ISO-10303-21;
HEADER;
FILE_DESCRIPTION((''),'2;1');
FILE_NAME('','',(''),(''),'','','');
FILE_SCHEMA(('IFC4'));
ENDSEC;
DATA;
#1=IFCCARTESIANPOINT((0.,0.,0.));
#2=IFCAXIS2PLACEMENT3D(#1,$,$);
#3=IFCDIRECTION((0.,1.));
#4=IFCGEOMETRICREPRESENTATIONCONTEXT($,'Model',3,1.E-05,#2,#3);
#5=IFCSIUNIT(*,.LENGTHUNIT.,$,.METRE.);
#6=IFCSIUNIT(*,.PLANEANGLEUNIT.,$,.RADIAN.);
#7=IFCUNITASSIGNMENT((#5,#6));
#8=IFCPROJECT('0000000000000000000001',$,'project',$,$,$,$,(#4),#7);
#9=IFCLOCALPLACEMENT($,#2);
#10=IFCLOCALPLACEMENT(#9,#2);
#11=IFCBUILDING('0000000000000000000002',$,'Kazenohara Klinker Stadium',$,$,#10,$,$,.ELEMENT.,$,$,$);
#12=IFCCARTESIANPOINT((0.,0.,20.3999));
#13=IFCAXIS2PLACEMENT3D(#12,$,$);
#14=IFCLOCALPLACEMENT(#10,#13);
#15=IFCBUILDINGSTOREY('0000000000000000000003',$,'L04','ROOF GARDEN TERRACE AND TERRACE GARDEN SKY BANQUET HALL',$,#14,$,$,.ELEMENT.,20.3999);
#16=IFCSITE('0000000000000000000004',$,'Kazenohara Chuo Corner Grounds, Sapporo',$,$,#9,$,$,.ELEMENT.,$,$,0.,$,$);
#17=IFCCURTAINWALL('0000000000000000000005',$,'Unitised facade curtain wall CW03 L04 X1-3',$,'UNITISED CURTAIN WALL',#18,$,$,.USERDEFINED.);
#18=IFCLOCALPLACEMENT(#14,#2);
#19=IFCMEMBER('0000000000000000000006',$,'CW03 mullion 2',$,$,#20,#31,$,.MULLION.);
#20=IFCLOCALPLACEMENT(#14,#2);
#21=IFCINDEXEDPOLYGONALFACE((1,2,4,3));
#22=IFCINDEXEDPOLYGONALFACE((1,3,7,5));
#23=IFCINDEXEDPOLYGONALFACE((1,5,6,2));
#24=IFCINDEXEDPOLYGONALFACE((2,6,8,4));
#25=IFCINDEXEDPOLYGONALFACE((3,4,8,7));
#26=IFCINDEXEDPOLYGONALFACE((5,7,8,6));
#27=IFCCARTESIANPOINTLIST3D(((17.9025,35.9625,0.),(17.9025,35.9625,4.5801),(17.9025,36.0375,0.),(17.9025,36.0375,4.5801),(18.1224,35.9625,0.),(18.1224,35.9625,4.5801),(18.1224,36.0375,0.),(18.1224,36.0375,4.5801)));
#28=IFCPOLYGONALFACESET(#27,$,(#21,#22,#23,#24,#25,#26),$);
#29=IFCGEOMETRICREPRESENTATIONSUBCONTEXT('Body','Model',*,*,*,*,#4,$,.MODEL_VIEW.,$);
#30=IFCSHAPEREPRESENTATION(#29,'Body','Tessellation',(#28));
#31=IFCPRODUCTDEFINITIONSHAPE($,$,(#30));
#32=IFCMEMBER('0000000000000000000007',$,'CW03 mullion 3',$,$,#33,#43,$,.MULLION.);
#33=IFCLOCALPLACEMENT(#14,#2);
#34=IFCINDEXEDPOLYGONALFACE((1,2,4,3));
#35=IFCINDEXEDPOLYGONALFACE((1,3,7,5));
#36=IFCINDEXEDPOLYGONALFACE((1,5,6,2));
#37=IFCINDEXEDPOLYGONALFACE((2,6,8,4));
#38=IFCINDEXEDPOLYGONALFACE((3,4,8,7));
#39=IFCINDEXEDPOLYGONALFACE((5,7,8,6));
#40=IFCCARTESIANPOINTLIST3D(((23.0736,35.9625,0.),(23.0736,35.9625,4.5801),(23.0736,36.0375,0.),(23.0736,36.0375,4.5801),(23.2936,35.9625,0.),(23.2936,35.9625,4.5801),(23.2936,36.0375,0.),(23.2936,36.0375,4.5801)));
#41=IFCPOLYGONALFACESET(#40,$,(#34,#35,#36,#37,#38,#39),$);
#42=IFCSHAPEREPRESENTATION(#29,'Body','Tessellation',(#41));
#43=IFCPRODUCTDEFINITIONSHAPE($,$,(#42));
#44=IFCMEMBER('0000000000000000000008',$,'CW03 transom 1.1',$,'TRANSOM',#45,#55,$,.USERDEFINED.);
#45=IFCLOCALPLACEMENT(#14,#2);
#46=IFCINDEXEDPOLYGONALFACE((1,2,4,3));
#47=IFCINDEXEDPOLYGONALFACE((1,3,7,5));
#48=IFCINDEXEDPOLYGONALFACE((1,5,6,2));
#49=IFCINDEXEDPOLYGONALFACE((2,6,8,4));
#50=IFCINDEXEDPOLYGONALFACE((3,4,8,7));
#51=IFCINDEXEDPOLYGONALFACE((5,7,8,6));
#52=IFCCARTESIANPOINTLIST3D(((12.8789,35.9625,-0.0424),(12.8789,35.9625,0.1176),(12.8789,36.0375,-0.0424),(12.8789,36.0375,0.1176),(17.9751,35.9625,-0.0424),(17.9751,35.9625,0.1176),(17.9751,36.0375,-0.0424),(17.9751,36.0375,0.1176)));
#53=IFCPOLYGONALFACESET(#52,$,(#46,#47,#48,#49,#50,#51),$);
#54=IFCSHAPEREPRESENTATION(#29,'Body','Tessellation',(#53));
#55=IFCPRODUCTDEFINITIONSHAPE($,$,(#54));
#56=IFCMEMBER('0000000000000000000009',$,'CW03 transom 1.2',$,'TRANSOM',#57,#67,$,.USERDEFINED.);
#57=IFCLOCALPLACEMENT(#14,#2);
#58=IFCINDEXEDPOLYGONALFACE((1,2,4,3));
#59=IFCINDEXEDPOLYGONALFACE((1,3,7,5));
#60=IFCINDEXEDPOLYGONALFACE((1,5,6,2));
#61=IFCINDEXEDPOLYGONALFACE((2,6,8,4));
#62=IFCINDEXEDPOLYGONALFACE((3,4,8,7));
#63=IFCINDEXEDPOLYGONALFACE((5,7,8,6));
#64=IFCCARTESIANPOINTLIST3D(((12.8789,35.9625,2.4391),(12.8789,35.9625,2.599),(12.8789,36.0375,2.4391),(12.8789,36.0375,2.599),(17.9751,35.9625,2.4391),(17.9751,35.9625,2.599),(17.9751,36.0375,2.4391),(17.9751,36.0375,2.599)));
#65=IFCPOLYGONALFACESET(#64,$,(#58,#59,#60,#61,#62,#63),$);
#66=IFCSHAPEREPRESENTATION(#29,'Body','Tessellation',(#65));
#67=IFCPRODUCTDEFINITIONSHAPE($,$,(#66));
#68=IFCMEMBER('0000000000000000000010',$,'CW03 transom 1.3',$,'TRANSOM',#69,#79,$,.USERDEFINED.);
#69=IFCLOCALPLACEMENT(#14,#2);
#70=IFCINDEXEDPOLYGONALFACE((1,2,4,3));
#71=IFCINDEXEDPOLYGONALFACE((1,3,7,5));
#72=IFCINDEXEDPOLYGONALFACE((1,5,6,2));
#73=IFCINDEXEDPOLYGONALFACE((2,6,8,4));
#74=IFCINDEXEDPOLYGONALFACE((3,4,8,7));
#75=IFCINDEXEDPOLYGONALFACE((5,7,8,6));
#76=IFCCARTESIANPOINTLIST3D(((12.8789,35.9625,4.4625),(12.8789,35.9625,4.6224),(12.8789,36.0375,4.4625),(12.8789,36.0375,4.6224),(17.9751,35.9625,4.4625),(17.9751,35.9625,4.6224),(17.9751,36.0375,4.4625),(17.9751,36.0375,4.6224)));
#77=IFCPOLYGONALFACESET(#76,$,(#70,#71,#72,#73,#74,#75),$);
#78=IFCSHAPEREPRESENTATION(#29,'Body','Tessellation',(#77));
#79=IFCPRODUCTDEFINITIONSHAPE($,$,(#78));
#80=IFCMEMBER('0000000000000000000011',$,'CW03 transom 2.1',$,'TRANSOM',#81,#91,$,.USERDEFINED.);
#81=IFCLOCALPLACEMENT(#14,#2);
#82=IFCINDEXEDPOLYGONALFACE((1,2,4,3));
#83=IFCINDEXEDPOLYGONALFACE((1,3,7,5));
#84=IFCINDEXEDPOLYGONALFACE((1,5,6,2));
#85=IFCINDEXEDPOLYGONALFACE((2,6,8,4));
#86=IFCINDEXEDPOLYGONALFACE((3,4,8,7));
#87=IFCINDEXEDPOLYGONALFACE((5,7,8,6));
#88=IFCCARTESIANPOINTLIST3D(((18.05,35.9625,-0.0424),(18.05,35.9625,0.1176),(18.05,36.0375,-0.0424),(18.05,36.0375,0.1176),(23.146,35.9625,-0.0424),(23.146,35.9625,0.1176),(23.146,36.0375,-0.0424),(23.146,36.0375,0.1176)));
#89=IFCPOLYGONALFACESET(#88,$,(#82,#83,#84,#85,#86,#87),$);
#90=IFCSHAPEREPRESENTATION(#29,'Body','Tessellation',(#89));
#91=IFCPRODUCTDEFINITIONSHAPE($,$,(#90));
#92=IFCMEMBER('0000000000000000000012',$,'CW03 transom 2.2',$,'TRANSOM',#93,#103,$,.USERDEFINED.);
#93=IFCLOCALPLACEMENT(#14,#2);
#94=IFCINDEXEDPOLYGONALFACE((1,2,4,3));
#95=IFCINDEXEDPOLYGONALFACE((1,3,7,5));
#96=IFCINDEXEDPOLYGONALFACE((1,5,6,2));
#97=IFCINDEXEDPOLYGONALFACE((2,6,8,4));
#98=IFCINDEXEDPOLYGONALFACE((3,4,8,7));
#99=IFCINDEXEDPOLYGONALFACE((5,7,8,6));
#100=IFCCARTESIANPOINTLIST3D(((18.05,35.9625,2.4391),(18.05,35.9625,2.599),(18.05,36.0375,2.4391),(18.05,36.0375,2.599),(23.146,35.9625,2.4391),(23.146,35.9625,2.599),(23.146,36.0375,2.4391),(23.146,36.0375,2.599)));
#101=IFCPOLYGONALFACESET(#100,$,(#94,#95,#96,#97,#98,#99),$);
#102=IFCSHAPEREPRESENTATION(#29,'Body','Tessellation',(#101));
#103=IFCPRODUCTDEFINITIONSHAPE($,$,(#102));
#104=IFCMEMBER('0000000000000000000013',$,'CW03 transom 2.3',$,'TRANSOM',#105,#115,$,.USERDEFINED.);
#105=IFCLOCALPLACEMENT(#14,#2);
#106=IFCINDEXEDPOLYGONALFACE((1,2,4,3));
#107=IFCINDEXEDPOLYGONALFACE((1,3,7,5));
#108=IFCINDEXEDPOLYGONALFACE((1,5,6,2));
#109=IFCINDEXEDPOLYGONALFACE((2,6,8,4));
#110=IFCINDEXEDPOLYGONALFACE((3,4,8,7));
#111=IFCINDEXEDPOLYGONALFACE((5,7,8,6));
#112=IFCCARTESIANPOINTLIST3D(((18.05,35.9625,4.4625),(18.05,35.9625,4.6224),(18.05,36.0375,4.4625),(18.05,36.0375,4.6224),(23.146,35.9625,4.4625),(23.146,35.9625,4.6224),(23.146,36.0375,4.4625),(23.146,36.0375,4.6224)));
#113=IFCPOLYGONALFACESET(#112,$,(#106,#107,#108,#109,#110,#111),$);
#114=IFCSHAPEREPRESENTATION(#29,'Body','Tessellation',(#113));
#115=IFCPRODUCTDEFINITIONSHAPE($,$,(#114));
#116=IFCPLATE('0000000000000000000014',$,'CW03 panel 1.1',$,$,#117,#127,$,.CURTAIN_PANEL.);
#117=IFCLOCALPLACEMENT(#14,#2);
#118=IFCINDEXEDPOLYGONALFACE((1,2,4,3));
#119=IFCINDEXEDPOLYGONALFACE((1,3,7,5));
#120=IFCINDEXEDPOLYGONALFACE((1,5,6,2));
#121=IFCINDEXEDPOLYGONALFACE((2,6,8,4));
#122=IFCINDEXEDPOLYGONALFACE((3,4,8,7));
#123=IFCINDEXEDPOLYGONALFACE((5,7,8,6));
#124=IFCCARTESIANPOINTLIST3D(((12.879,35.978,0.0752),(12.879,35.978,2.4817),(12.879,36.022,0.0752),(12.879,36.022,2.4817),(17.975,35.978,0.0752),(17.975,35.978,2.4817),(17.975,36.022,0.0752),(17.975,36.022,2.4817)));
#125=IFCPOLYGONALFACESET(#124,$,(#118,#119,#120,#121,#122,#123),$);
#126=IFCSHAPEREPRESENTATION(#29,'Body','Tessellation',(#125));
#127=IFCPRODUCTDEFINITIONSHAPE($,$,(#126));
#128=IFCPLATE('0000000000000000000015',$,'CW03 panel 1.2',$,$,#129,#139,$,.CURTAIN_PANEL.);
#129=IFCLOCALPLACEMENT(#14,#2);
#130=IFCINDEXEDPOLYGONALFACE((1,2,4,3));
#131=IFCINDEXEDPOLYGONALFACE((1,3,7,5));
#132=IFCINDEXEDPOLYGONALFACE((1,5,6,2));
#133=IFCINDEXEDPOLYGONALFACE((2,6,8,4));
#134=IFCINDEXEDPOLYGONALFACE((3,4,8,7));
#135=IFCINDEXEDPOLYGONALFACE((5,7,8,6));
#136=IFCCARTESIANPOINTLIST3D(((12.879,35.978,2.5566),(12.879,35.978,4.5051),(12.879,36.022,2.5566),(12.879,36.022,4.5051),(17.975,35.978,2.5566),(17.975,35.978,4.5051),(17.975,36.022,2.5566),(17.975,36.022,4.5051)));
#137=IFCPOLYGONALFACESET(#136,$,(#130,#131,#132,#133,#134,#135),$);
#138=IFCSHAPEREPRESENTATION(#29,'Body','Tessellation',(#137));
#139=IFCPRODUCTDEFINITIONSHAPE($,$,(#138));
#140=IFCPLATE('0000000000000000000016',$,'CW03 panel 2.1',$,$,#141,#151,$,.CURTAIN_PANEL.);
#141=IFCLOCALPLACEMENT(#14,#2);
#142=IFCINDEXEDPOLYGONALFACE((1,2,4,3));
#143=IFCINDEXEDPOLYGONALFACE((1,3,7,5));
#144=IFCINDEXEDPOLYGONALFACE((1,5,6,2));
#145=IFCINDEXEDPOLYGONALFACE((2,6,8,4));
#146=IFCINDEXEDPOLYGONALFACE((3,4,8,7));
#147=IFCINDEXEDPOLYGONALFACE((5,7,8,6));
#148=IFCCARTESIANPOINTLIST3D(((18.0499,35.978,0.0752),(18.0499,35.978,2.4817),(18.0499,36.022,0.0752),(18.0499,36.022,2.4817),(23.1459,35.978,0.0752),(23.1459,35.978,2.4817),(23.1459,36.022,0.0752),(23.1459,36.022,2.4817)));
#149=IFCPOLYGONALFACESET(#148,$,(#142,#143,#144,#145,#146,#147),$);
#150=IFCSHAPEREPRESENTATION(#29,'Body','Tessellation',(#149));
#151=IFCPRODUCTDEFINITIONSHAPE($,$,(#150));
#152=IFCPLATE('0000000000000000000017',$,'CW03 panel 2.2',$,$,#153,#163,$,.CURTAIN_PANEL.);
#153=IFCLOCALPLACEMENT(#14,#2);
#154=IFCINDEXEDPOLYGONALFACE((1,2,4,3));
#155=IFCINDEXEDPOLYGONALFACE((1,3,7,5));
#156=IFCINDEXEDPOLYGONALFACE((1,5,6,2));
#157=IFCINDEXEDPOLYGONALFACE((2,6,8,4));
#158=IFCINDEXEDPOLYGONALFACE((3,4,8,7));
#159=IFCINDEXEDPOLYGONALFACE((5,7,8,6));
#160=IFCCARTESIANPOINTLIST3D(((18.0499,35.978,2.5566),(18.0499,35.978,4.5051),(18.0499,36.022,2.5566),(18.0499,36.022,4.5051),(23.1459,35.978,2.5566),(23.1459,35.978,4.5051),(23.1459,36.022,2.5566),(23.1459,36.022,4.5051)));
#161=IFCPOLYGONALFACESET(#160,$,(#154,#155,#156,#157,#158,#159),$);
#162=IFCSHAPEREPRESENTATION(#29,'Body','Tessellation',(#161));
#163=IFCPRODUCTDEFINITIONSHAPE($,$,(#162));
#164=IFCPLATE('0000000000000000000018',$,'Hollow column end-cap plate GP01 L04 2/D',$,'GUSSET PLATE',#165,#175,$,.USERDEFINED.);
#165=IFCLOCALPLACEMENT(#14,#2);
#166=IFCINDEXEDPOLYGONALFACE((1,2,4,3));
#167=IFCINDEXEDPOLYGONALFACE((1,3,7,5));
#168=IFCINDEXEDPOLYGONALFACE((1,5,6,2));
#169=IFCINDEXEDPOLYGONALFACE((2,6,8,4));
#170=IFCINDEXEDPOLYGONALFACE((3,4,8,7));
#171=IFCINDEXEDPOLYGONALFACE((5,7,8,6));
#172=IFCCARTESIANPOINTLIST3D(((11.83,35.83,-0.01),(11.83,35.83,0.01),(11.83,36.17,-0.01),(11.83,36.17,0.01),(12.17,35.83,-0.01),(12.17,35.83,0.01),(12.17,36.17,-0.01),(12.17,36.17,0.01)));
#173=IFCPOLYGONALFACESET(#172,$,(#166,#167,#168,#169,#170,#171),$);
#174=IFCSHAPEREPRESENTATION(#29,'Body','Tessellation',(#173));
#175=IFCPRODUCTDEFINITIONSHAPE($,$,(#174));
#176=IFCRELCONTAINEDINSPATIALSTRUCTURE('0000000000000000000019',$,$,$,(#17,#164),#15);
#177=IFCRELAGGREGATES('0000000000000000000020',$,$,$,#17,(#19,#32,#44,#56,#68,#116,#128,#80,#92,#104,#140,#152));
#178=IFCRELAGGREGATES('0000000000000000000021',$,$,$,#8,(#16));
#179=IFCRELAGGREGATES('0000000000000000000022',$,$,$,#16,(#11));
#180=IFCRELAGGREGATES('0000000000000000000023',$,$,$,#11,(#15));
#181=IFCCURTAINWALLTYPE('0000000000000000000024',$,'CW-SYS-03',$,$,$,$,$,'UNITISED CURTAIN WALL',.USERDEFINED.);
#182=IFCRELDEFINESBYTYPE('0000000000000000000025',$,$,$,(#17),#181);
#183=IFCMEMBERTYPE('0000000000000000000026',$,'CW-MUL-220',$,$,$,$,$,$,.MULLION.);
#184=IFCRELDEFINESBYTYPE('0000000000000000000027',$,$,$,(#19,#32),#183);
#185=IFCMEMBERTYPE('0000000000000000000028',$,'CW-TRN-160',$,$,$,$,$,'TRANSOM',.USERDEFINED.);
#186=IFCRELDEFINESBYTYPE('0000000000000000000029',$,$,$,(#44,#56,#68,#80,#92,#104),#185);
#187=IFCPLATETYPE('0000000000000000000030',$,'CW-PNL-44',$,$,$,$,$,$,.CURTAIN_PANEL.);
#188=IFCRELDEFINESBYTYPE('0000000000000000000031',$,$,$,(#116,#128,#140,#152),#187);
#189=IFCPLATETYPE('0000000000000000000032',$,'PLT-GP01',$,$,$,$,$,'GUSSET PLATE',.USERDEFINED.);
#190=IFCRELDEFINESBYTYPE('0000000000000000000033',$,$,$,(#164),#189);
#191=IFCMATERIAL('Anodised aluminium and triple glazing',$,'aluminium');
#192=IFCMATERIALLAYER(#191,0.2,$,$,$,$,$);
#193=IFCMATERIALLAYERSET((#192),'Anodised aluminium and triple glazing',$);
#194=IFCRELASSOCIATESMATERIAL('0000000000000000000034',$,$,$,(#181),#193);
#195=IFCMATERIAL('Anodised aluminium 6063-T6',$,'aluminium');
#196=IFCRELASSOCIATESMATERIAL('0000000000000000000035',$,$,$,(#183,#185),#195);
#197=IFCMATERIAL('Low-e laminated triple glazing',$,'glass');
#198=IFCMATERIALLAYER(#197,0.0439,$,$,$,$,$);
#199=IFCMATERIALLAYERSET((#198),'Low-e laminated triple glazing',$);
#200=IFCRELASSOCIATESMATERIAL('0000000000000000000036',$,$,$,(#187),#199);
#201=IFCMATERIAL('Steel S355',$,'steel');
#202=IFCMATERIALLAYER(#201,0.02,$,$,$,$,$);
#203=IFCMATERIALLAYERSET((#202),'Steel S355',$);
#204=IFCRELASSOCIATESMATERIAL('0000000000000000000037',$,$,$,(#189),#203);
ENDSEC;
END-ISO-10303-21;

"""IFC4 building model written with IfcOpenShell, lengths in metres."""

from ifc_helpers import new_model, si_unit, direction, frame, origin, origin_2d, place, context, subcontext, project, spatial, rectangle, extrude, material, layer, layer_set, material_profile, profile_set, type_object, element, aggregate, save


model = new_model("IFC4")

# Units and contexts
model_context = context("Model", 3, precision=1e-05, world=origin(), true_north=direction((0.0, 1.0)))
body_context = subcontext(model_context, "Body", "Model", "MODEL_VIEW")
ifc_project = project(units=[si_unit("LENGTHUNIT", "METRE"), si_unit("PLANEANGLEUNIT", "RADIAN")], contexts=[model_context])

# Site, building, storey
site_placement = place(None, origin())
site = spatial("IfcSite", under=ifc_project, at=site_placement, Name="Kazenohara Chuo Corner Grounds, Sapporo", CompositionType="ELEMENT", RefElevation=0.0)
building_placement = place(site_placement, origin())
building = spatial("IfcBuilding", under=site, at=building_placement, Name="Kazenohara Klinker Stadium", CompositionType="ELEMENT")
storey_placement = place(building_placement, frame((0.0, 0.0, 20.3999)))
storey = spatial("IfcBuildingStorey", under=building, at=storey_placement, Name="L04", Description="ROOF GARDEN TERRACE AND TERRACE GARDEN SKY BANQUET HALL", CompositionType="ELEMENT", Elevation=20.3999)

# Shared definitions
ifc_material_1 = material(Name="Steel S355", Category="steel")

# Curtain wall, members, plates
ifc_material_2 = material(Name="Anodised aluminium and triple glazing", Category="aluminium")
ifc_layer_1 = layer(ifc_material_2, 0.2)
ifc_layer_set_1 = layer_set([ifc_layer_1], Name="Anodised aluminium and triple glazing")
curtain_wall_type = type_object("IfcCurtainWallType", Name="CW-SYS-03", ElementType="UNITISED CURTAIN WALL", PredefinedType="USERDEFINED", material=ifc_layer_set_1)
curtain_wall_placement = place(storey_placement, origin())
curtain_wall = element("IfcCurtainWall", 1, at=curtain_wall_placement, inside=storey, type_object=curtain_wall_type, Name="Unitised facade curtain wall CW03 L04 X1-3", ObjectType="UNITISED CURTAIN WALL", PredefinedType="USERDEFINED")
ifc_material_3 = material(Name="Anodised aluminium 6063-T6", Category="aluminium")
ifc_material_profile_1 = material_profile(ifc_material_3, rectangle(XDim=0.075, YDim=0.22, at=origin_2d()), Name="ALU-MUL-75x220")
ifc_profile_set_1 = profile_set([ifc_material_profile_1], Name="Anodised aluminium 6063-T6")
member_type_1 = type_object("IfcMemberType", Name="CW-MUL-220", PredefinedType="MULLION", material=ifc_profile_set_1)
member_1_placement = place(storey_placement, frame((18.0125, 36.0, 0.0), z_axis=(0.0, 0.0, 1.0), x_axis=(0.0, 1.0, 0.0)))
member_1 = element("IfcMember", 2, at=member_1_placement, type_object=member_type_1, Name="CW03 mullion 2", PredefinedType="MULLION", context=body_context, shape_type="SweptSolid", body=[
    extrude(rectangle(XDim=0.075, YDim=0.22, at=origin_2d()), origin(), (0.0, 0.0, 1.0), 4.5801),
])
member_2_placement = place(storey_placement, frame((23.1836, 36.0, 0.0), z_axis=(0.0, 0.0, 1.0), x_axis=(0.0, 1.0, 0.0)))
member_2 = element("IfcMember", 3, at=member_2_placement, type_object=member_type_1, Name="CW03 mullion 3", PredefinedType="MULLION", context=body_context, shape_type="SweptSolid", body=[
    extrude(rectangle(XDim=0.075, YDim=0.22, at=origin_2d()), origin(), (0.0, 0.0, 1.0), 4.5801),
])
ifc_material_profile_2 = material_profile(ifc_material_3, rectangle(XDim=0.075, YDim=0.1599, at=origin_2d()), Name="ALU-TRN-75x160")
ifc_profile_set_2 = profile_set([ifc_material_profile_2], Name="Anodised aluminium 6063-T6")
member_type_2 = type_object("IfcMemberType", Name="CW-TRN-160", ElementType="TRANSOM", PredefinedType="USERDEFINED", material=ifc_profile_set_2)
member_3_placement = place(storey_placement, frame((12.8789, 36.0, 0.0376), z_axis=(1.0, 0.0, 0.0), x_axis=(0.0, 1.0, 0.0)))
member_3 = element("IfcMember", 4, at=member_3_placement, type_object=member_type_2, Name="CW03 transom 1.1", ObjectType="TRANSOM", PredefinedType="USERDEFINED", context=body_context, shape_type="SweptSolid", body=[
    extrude(rectangle(XDim=0.075, YDim=0.1599, at=origin_2d()), origin(), (0.0, 0.0, 1.0), 5.0962),
])
member_4_placement = place(storey_placement, frame((12.8789, 36.0, 2.519), z_axis=(1.0, 0.0, 0.0), x_axis=(0.0, 1.0, 0.0)))
member_4 = element("IfcMember", 5, at=member_4_placement, type_object=member_type_2, Name="CW03 transom 1.2", ObjectType="TRANSOM", PredefinedType="USERDEFINED", context=body_context, shape_type="SweptSolid", body=[
    extrude(rectangle(XDim=0.075, YDim=0.1599, at=origin_2d()), origin(), (0.0, 0.0, 1.0), 5.0962),
])
member_5_placement = place(storey_placement, frame((12.8789, 36.0, 4.5425), z_axis=(1.0, 0.0, 0.0), x_axis=(0.0, 1.0, 0.0)))
member_5 = element("IfcMember", 6, at=member_5_placement, type_object=member_type_2, Name="CW03 transom 1.3", ObjectType="TRANSOM", PredefinedType="USERDEFINED", context=body_context, shape_type="SweptSolid", body=[
    extrude(rectangle(XDim=0.075, YDim=0.1599, at=origin_2d()), origin(), (0.0, 0.0, 1.0), 5.0962),
])
member_6_placement = place(storey_placement, frame((18.05, 36.0, 0.0376), z_axis=(1.0, 0.0, 0.0), x_axis=(0.0, 1.0, 0.0)))
member_6 = element("IfcMember", 7, at=member_6_placement, type_object=member_type_2, Name="CW03 transom 2.1", ObjectType="TRANSOM", PredefinedType="USERDEFINED", context=body_context, shape_type="SweptSolid", body=[
    extrude(rectangle(XDim=0.075, YDim=0.1599, at=origin_2d()), origin(), (0.0, 0.0, 1.0), 5.0959),
])
member_7_placement = place(storey_placement, frame((18.05, 36.0, 2.519), z_axis=(1.0, 0.0, 0.0), x_axis=(0.0, 1.0, 0.0)))
member_7 = element("IfcMember", 8, at=member_7_placement, type_object=member_type_2, Name="CW03 transom 2.2", ObjectType="TRANSOM", PredefinedType="USERDEFINED", context=body_context, shape_type="SweptSolid", body=[
    extrude(rectangle(XDim=0.075, YDim=0.1599, at=origin_2d()), origin(), (0.0, 0.0, 1.0), 5.0959),
])
member_8_placement = place(storey_placement, frame((18.05, 36.0, 4.5425), z_axis=(1.0, 0.0, 0.0), x_axis=(0.0, 1.0, 0.0)))
member_8 = element("IfcMember", 9, at=member_8_placement, type_object=member_type_2, Name="CW03 transom 2.3", ObjectType="TRANSOM", PredefinedType="USERDEFINED", context=body_context, shape_type="SweptSolid", body=[
    extrude(rectangle(XDim=0.075, YDim=0.1599, at=origin_2d()), origin(), (0.0, 0.0, 1.0), 5.0959),
])
ifc_material_4 = material(Name="Low-e laminated triple glazing", Category="glass")
ifc_layer_2 = layer(ifc_material_4, 0.0439)
ifc_layer_set_2 = layer_set([ifc_layer_2], Name="Low-e laminated triple glazing")
plate_type_1 = type_object("IfcPlateType", Name="CW-PNL-44", PredefinedType="CURTAIN_PANEL", material=ifc_layer_set_2)
plate_1_placement = place(storey_placement, frame((15.427, 36.0, 0.0752), z_axis=(0.0, 0.0, 1.0), x_axis=(1.0, 0.0, 0.0)))
plate_1 = element("IfcPlate", 10, at=plate_1_placement, type_object=plate_type_1, Name="CW03 panel 1.1", PredefinedType="CURTAIN_PANEL", context=body_context, shape_type="SweptSolid", body=[
    extrude(rectangle(XDim=5.0959, YDim=0.0439, at=origin_2d()), origin(), (0.0, 0.0, 1.0), 2.4065),
])
plate_2_placement = place(storey_placement, frame((15.427, 36.0, 2.5566), z_axis=(0.0, 0.0, 1.0), x_axis=(1.0, 0.0, 0.0)))
plate_2 = element("IfcPlate", 11, at=plate_2_placement, type_object=plate_type_1, Name="CW03 panel 1.2", PredefinedType="CURTAIN_PANEL", context=body_context, shape_type="SweptSolid", body=[
    extrude(rectangle(XDim=5.0959, YDim=0.0439, at=origin_2d()), origin(), (0.0, 0.0, 1.0), 1.9485),
])
plate_3_placement = place(storey_placement, frame((20.5979, 36.0, 0.0752), z_axis=(0.0, 0.0, 1.0), x_axis=(1.0, 0.0, 0.0)))
plate_3 = element("IfcPlate", 12, at=plate_3_placement, type_object=plate_type_1, Name="CW03 panel 2.1", PredefinedType="CURTAIN_PANEL", context=body_context, shape_type="SweptSolid", body=[
    extrude(rectangle(XDim=5.0959, YDim=0.0439, at=origin_2d()), origin(), (0.0, 0.0, 1.0), 2.4065),
])
plate_4_placement = place(storey_placement, frame((20.5979, 36.0, 2.5566), z_axis=(0.0, 0.0, 1.0), x_axis=(1.0, 0.0, 0.0)))
plate_4 = element("IfcPlate", 13, at=plate_4_placement, type_object=plate_type_1, Name="CW03 panel 2.2", PredefinedType="CURTAIN_PANEL", context=body_context, shape_type="SweptSolid", body=[
    extrude(rectangle(XDim=5.0959, YDim=0.0439, at=origin_2d()), origin(), (0.0, 0.0, 1.0), 1.9485),
])
aggregate(curtain_wall, [member_1, member_2, member_3, member_4, member_5, plate_1, plate_2, member_6, member_7, member_8, plate_3, plate_4])

# Plate
ifc_layer_3 = layer(ifc_material_1, 0.02)
ifc_layer_set_3 = layer_set([ifc_layer_3], Name="Steel S355")
plate_type_2 = type_object("IfcPlateType", Name="PLT-GP01", ElementType="GUSSET PLATE", PredefinedType="USERDEFINED", material=ifc_layer_set_3)
plate_5_placement = place(storey_placement, frame((12.0, 36.0, -0.01), z_axis=(0.0, 0.0, 1.0), x_axis=(1.0, 0.0, 0.0)))
element("IfcPlate", 14, at=plate_5_placement, inside=storey, type_object=plate_type_2, Name="Hollow column end-cap plate GP01 L04 2/D", ObjectType="GUSSET PLATE", PredefinedType="USERDEFINED", context=body_context, shape_type="SweptSolid", body=[
    extrude(rectangle(XDim=0.3401, YDim=0.3401, at=origin_2d()), origin(), (0.0, 0.0, 1.0), 0.02),
])

save(model, "model.ifc")
